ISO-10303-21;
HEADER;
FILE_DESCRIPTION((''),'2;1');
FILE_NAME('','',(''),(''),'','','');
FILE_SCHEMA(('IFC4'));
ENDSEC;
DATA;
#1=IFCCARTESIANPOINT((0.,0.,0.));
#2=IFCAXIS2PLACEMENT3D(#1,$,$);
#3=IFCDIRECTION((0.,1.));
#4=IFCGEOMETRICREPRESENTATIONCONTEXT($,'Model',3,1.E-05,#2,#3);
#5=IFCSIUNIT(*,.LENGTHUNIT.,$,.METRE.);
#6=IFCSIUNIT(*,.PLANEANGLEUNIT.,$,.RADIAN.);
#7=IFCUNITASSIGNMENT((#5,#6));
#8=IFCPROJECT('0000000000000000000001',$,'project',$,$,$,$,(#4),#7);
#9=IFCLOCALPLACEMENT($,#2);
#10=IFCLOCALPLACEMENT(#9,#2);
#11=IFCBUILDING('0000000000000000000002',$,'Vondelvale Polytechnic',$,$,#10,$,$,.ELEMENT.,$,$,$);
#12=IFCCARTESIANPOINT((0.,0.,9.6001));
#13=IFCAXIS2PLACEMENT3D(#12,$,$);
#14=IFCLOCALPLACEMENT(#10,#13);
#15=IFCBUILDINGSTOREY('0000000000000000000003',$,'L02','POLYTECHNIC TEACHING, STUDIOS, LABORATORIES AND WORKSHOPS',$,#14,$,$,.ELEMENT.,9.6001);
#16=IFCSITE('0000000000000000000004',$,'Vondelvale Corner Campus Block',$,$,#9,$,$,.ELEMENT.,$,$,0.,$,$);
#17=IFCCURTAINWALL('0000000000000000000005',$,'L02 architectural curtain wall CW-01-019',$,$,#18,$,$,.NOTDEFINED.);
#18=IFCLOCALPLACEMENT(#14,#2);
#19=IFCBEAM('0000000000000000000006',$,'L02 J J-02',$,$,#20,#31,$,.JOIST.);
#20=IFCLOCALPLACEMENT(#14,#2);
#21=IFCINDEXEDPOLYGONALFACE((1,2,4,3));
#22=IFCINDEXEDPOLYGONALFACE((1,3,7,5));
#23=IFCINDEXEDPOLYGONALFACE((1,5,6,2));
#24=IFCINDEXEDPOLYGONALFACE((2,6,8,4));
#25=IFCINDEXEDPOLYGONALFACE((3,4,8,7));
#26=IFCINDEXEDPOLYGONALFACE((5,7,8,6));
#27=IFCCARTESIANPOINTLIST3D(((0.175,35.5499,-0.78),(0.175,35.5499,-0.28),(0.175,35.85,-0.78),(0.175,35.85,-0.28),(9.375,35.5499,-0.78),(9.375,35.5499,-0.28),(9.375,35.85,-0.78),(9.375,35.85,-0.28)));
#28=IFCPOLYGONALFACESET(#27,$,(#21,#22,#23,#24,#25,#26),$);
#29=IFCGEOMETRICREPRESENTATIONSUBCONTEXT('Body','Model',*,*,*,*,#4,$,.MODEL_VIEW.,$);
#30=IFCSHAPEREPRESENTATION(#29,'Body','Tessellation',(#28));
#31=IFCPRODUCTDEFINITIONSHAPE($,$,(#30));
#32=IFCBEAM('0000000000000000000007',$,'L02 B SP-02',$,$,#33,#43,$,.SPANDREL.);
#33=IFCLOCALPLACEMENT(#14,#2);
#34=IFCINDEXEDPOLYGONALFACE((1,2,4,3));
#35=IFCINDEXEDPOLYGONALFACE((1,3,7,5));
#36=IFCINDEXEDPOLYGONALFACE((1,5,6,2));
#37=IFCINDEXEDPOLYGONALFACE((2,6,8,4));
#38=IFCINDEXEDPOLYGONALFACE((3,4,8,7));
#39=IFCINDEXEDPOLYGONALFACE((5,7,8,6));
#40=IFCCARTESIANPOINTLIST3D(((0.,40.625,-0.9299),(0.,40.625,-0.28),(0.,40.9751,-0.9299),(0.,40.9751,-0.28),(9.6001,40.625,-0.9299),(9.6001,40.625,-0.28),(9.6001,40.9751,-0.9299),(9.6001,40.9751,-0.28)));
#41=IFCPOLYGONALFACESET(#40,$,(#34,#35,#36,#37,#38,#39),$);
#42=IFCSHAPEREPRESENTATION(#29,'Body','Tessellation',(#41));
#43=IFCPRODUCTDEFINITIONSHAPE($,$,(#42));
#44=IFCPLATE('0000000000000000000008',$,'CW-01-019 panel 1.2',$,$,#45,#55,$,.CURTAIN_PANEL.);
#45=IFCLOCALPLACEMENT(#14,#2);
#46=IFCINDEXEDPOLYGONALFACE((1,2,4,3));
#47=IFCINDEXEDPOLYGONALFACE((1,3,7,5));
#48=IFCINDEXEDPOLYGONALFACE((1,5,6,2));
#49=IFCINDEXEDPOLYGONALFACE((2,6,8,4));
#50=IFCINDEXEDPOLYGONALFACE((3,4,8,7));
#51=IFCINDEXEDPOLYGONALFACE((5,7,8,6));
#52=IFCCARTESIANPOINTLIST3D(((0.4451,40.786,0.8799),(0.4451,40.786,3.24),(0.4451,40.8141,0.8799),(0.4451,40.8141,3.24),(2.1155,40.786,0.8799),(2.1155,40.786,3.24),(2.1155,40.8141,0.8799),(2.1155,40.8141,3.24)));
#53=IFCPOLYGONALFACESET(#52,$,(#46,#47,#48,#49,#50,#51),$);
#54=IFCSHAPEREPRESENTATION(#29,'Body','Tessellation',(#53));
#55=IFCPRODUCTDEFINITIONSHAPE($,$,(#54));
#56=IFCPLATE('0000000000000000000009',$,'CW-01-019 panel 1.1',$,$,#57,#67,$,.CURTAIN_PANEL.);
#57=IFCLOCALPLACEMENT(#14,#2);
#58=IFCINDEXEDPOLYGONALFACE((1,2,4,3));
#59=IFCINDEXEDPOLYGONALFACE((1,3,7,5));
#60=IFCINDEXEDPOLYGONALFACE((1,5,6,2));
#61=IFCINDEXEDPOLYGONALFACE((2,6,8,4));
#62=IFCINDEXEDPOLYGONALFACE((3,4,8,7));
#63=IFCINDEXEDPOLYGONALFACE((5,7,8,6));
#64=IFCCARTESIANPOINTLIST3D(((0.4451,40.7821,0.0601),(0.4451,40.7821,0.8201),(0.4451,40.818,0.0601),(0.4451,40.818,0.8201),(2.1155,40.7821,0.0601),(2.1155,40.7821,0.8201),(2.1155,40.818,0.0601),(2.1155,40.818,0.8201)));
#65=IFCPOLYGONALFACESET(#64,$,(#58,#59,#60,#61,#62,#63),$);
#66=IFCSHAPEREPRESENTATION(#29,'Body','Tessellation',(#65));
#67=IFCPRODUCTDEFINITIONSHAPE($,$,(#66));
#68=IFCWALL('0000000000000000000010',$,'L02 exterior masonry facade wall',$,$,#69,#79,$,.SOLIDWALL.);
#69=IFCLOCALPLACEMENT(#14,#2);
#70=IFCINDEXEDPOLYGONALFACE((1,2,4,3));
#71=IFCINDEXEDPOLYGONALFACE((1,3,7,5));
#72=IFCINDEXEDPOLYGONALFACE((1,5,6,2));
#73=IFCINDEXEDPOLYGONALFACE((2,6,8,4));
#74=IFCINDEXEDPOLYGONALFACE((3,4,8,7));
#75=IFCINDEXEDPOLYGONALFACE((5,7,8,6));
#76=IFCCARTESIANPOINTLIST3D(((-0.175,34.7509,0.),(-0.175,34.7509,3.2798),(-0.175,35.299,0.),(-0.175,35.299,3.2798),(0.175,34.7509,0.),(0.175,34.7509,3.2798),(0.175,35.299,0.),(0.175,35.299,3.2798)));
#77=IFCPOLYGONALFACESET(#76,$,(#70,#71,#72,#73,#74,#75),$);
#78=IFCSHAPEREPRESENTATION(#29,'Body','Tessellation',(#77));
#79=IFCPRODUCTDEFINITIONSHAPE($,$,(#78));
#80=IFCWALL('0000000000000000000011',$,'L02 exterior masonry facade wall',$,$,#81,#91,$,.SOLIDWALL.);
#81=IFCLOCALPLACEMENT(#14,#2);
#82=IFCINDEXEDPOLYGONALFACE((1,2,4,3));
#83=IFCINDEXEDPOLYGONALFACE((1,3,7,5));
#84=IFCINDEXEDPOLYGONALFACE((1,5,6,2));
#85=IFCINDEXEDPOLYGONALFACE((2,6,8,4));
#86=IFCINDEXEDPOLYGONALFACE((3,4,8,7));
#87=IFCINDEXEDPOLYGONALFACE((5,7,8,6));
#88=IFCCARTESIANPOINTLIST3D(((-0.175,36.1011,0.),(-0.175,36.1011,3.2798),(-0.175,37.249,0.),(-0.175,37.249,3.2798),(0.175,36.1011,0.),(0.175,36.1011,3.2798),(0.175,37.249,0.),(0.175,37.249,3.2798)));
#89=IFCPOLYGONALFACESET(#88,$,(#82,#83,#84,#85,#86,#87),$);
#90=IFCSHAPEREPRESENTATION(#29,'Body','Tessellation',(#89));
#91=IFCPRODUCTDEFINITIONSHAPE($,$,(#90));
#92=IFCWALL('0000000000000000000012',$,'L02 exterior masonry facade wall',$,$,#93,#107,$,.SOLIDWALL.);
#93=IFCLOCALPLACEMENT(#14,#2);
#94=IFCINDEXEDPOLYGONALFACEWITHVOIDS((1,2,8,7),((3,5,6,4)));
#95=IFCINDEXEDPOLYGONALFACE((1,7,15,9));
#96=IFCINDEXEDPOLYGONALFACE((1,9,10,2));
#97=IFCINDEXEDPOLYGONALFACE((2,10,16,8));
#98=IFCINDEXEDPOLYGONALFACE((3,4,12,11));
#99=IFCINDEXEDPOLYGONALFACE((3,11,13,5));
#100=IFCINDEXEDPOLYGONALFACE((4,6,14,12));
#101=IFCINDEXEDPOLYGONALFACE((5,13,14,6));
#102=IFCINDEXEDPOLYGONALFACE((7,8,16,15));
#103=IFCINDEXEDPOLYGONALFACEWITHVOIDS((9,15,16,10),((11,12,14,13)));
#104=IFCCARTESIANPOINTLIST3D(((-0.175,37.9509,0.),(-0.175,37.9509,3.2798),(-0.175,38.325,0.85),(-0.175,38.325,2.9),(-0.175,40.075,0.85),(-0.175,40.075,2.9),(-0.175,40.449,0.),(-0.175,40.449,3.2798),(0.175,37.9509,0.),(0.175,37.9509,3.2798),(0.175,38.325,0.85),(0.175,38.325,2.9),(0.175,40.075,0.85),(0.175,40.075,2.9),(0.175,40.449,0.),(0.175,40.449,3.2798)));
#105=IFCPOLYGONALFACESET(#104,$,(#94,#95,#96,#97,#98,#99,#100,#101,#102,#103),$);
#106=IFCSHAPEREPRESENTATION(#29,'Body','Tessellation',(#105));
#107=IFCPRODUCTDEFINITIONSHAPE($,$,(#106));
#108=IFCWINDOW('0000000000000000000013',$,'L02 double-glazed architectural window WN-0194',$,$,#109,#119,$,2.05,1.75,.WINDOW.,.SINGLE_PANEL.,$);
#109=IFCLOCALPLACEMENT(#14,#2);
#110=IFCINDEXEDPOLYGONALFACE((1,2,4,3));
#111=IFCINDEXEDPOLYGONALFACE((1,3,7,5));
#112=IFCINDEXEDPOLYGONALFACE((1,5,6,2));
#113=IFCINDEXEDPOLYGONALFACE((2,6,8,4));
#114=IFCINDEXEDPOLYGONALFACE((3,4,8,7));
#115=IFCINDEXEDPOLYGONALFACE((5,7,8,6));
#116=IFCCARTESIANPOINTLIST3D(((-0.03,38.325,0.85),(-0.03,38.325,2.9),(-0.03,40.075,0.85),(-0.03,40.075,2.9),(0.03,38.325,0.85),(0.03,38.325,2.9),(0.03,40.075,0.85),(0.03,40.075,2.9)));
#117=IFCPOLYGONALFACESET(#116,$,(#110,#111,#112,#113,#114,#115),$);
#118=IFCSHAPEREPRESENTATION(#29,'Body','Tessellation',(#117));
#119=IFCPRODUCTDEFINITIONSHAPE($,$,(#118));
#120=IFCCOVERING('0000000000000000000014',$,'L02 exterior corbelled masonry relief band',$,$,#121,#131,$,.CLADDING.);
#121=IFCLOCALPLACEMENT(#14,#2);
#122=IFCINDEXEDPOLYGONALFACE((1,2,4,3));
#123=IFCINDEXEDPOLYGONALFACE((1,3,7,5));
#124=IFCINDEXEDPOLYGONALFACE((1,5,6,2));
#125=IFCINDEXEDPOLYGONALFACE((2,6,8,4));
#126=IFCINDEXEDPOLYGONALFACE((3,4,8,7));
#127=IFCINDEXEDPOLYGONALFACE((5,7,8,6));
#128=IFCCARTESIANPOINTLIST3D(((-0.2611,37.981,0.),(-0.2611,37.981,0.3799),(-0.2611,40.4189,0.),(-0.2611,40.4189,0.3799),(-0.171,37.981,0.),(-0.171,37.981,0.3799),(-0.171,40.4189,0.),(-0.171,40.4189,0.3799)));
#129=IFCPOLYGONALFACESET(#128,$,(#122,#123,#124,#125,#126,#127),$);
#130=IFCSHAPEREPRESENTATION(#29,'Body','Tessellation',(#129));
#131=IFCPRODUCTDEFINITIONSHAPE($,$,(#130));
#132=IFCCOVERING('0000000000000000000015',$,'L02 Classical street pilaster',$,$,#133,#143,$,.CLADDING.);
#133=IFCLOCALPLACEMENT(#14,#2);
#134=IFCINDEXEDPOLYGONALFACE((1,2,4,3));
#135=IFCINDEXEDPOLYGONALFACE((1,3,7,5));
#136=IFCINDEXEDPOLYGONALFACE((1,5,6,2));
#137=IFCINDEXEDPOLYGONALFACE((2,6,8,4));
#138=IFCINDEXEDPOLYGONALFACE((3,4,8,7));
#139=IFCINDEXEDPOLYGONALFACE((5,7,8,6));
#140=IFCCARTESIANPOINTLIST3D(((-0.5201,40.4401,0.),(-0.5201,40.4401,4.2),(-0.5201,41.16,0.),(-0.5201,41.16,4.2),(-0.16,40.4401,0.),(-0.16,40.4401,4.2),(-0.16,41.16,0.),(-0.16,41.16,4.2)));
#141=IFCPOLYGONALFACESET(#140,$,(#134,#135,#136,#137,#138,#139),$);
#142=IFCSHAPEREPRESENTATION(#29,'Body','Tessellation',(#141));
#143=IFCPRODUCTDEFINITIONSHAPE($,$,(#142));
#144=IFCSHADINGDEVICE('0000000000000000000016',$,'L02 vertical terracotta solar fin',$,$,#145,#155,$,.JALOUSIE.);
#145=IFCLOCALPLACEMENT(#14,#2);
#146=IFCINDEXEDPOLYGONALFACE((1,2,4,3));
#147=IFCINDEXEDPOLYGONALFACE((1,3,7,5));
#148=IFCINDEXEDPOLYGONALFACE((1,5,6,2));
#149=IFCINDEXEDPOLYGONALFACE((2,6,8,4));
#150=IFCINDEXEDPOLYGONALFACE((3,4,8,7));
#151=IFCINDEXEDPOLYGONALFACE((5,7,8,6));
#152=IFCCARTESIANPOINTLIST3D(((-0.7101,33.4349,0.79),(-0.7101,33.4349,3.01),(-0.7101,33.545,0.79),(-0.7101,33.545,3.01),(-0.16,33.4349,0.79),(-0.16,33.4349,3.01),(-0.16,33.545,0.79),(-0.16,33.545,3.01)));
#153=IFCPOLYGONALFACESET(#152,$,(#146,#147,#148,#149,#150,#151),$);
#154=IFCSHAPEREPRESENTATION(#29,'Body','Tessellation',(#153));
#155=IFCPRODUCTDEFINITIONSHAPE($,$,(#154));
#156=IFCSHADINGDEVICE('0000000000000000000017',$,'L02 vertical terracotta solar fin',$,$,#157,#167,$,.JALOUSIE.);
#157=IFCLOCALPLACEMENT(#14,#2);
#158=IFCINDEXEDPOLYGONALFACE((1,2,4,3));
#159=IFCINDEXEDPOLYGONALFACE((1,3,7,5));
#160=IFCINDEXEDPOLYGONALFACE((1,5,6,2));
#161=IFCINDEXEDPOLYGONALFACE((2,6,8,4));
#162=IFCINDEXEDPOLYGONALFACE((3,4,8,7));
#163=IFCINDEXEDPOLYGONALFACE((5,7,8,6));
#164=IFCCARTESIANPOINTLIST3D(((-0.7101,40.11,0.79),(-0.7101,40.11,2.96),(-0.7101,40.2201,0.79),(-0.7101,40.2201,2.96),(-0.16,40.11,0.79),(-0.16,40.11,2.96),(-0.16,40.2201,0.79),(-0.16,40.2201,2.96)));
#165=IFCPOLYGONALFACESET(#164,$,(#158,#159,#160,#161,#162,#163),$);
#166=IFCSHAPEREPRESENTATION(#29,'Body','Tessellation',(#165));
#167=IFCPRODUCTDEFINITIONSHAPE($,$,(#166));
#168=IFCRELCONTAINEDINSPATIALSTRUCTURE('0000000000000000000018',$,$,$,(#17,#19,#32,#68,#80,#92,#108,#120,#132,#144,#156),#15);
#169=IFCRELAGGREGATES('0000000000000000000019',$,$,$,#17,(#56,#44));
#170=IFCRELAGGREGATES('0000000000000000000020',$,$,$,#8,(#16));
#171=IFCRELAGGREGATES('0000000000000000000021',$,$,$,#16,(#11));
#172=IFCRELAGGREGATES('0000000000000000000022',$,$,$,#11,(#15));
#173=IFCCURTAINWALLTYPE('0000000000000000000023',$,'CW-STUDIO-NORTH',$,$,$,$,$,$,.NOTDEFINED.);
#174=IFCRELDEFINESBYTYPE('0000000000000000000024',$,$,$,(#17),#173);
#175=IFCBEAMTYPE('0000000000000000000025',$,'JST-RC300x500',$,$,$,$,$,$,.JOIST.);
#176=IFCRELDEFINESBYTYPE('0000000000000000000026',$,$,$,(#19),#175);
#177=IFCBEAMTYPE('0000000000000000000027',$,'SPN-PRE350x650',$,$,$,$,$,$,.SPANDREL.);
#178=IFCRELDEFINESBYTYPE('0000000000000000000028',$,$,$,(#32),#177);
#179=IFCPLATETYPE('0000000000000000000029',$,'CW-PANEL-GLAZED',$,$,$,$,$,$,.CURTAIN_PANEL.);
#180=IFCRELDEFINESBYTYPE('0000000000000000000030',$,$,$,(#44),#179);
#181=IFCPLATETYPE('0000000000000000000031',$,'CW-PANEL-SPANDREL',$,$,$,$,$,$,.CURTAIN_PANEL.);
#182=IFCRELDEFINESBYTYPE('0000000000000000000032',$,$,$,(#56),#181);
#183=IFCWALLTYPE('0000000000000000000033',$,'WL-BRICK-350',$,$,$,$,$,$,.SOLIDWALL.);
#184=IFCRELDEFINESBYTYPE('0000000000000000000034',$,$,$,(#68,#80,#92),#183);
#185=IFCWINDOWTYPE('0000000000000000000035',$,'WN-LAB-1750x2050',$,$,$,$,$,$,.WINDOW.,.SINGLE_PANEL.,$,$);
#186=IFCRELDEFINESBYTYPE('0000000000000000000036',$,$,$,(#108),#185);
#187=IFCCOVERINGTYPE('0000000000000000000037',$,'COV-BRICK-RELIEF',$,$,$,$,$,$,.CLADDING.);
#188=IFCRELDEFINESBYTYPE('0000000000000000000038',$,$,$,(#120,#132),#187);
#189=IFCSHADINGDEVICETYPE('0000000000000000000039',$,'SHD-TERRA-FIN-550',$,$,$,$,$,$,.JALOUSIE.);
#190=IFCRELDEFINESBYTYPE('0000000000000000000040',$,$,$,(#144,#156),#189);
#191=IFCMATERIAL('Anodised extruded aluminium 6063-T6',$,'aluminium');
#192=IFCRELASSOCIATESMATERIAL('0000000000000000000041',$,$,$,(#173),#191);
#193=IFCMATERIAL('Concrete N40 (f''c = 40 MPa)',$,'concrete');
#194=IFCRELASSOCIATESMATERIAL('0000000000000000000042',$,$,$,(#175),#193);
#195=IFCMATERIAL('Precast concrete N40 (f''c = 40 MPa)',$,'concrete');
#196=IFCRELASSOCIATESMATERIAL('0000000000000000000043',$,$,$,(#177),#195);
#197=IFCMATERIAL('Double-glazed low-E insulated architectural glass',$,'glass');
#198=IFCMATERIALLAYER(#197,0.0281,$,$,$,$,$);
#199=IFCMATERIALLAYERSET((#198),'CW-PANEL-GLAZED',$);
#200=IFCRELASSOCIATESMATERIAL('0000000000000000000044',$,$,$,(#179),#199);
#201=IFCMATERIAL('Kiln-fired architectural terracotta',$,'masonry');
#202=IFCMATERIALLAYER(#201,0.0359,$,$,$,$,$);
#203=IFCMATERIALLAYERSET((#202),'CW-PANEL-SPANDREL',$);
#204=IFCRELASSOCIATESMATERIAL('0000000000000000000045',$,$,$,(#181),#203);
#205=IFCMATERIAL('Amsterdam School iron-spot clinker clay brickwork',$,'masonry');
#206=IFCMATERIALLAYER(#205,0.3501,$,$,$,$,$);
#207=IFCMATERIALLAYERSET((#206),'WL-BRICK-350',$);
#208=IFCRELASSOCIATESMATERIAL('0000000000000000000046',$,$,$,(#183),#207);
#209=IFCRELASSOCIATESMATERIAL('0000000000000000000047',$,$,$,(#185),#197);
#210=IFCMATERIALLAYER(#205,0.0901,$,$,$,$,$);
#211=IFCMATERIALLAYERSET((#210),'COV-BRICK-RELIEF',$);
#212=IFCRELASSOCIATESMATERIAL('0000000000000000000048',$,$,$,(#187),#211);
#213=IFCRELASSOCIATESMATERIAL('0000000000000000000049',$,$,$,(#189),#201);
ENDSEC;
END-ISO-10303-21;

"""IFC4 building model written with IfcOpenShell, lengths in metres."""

from ifc_helpers import new_model, si_unit, direction, frame, frame_2d, origin, origin_2d, place, context, subcontext, project, spatial, rectangle, extrude, material, layer, layer_set, material_profile, profile_set, type_object, element, fill, aggregate, save


model = new_model("IFC4")

# Units and contexts
model_context = context("Model", 3, precision=1e-05, world=origin(), true_north=direction((0.0, 1.0)))
body_context = subcontext(model_context, "Body", "Model", "MODEL_VIEW")
ifc_project = project(units=[si_unit("LENGTHUNIT", "METRE"), si_unit("PLANEANGLEUNIT", "RADIAN")], contexts=[model_context])

# Site, building, storey
site_placement = place(None, origin())
site = spatial("IfcSite", under=ifc_project, at=site_placement, Name="Vondelvale Corner Campus Block", CompositionType="ELEMENT", RefElevation=0.0)
building_placement = place(site_placement, origin())
building = spatial("IfcBuilding", under=site, at=building_placement, Name="Vondelvale Polytechnic", CompositionType="ELEMENT")
storey_placement = place(building_placement, frame((0.0, 0.0, 9.6001)))
storey = spatial("IfcBuildingStorey", under=building, at=storey_placement, Name="L02", Description="POLYTECHNIC TEACHING, STUDIOS, LABORATORIES AND WORKSHOPS", CompositionType="ELEMENT", Elevation=9.6001)

# Curtain wall
ifc_material_1 = material(Name="Anodised extruded aluminium 6063-T6", Category="aluminium")
curtain_wall_type = type_object("IfcCurtainWallType", Name="CW-STUDIO-NORTH", PredefinedType="NOTDEFINED", material=ifc_material_1)
curtain_wall_placement = place(storey_placement, origin())
curtain_wall = element("IfcCurtainWall", 1, at=curtain_wall_placement, inside=storey, type_object=curtain_wall_type, Name="L02 architectural curtain wall CW-01-019", PredefinedType="NOTDEFINED")

# Beams
ifc_material_2 = material(Name="Concrete N40 (f'c = 40 MPa)", Category="concrete")
ifc_material_profile_1 = material_profile(ifc_material_2, rectangle(XDim=0.3, YDim=0.5, at=origin_2d()), Name="RC-JST-300x500")
ifc_profile_set_1 = profile_set([ifc_material_profile_1], Name="Concrete N40 (f'c = 40 MPa)")
beam_type_1 = type_object("IfcBeamType", Name="JST-RC300x500", PredefinedType="JOIST", material=ifc_profile_set_1)
beam_1_placement = place(storey_placement, frame((0.175, 35.7, -0.53), z_axis=(1.0, 0.0, 0.0), x_axis=(0.0, 1.0, 0.0)))
element("IfcBeam", 2, at=beam_1_placement, inside=storey, type_object=beam_type_1, Name="L02 J J-02", PredefinedType="JOIST", context=body_context, shape_type="SweptSolid", body=[
    extrude(rectangle(XDim=0.3, YDim=0.5, at=origin_2d()), origin(), (0.0, 0.0, 1.0), 9.2),
])
ifc_material_3 = material(Name="Precast concrete N40 (f'c = 40 MPa)", Category="concrete")
ifc_material_profile_2 = material_profile(ifc_material_3, rectangle(XDim=0.3501, YDim=0.6499, at=origin_2d()), Name="RC-SPN-350x650")
ifc_profile_set_2 = profile_set([ifc_material_profile_2], Name="Precast concrete N40 (f'c = 40 MPa)")
beam_type_2 = type_object("IfcBeamType", Name="SPN-PRE350x650", PredefinedType="SPANDREL", material=ifc_profile_set_2)
beam_2_placement = place(storey_placement, frame((0.0, 40.8, -0.605), z_axis=(1.0, 0.0, 0.0), x_axis=(0.0, 1.0, 0.0)))
element("IfcBeam", 3, at=beam_2_placement, inside=storey, type_object=beam_type_2, Name="L02 B SP-02", PredefinedType="SPANDREL", context=body_context, shape_type="SweptSolid", body=[
    extrude(rectangle(XDim=0.3501, YDim=0.6499, at=origin_2d()), origin(), (0.0, 0.0, 1.0), 9.6001),
])

# Plates
ifc_material_4 = material(Name="Double-glazed low-E insulated architectural glass", Category="glass")
ifc_layer_1 = layer(ifc_material_4, 0.0281)
ifc_layer_set_1 = layer_set([ifc_layer_1], Name="CW-PANEL-GLAZED")
plate_type_1 = type_object("IfcPlateType", Name="CW-PANEL-GLAZED", PredefinedType="CURTAIN_PANEL", material=ifc_layer_set_1)
plate_1_placement = place(storey_placement, frame((1.2803, 40.8, 0.8799), z_axis=(0.0, 0.0, 1.0), x_axis=(1.0, 0.0, 0.0)))
plate_1 = element("IfcPlate", 4, at=plate_1_placement, type_object=plate_type_1, Name="CW-01-019 panel 1.2", PredefinedType="CURTAIN_PANEL", context=body_context, shape_type="SweptSolid", body=[
    extrude(rectangle(XDim=1.6704, YDim=0.0281, at=origin_2d()), origin(), (0.0, 0.0, 1.0), 2.3601),
])
ifc_material_5 = material(Name="Kiln-fired architectural terracotta", Category="masonry")
ifc_layer_2 = layer(ifc_material_5, 0.0359)
ifc_layer_set_2 = layer_set([ifc_layer_2], Name="CW-PANEL-SPANDREL")
plate_type_2 = type_object("IfcPlateType", Name="CW-PANEL-SPANDREL", PredefinedType="CURTAIN_PANEL", material=ifc_layer_set_2)
plate_2_placement = place(storey_placement, frame((1.2803, 40.8, 0.0601), z_axis=(0.0, 0.0, 1.0), x_axis=(1.0, 0.0, 0.0)))
plate_2 = element("IfcPlate", 5, at=plate_2_placement, type_object=plate_type_2, Name="CW-01-019 panel 1.1", PredefinedType="CURTAIN_PANEL", context=body_context, shape_type="SweptSolid", body=[
    extrude(rectangle(XDim=1.6704, YDim=0.0359, at=origin_2d()), origin(), (0.0, 0.0, 1.0), 0.76),
])
aggregate(curtain_wall, [plate_2, plate_1])

# Walls
ifc_material_6 = material(Name="Amsterdam School iron-spot clinker clay brickwork", Category="masonry")
ifc_layer_3 = layer(ifc_material_6, 0.3501)
ifc_layer_set_3 = layer_set([ifc_layer_3], Name="WL-BRICK-350")
wall_type = type_object("IfcWallType", Name="WL-BRICK-350", PredefinedType="SOLIDWALL", material=ifc_layer_set_3)
wall_1_placement = place(storey_placement, frame((0.0, 34.751, 0.0), z_axis=(0.0, 0.0, 1.0), x_axis=(0.0, 1.0, 0.0)))
element("IfcWall", 6, at=wall_1_placement, inside=storey, type_object=wall_type, Name="L02 exterior masonry facade wall", PredefinedType="SOLIDWALL", context=body_context, shape_type="SweptSolid", body=[
    extrude(rectangle(XDim=0.5481, YDim=0.3501, at=frame_2d((0.2739, 0.0))), origin(), (0.0, 0.0, 1.0), 3.2798),
])
wall_2_placement = place(storey_placement, frame((0.0, 36.1011, 0.0), z_axis=(0.0, 0.0, 1.0), x_axis=(0.0, 1.0, 0.0)))
element("IfcWall", 7, at=wall_2_placement, inside=storey, type_object=wall_type, Name="L02 exterior masonry facade wall", PredefinedType="SOLIDWALL", context=body_context, shape_type="SweptSolid", body=[
    extrude(rectangle(XDim=1.1479, YDim=0.3501, at=frame_2d((0.574, 0.0))), origin(), (0.0, 0.0, 1.0), 3.2798),
])

# Wall, opening, window
wall_3_placement = place(storey_placement, frame((0.0, 37.9509, 0.0), z_axis=(0.0, 0.0, 1.0), x_axis=(0.0, 1.0, 0.0)))
wall_3 = element("IfcWall", 8, at=wall_3_placement, inside=storey, type_object=wall_type, Name="L02 exterior masonry facade wall", PredefinedType="SOLIDWALL", context=body_context, shape_type="SweptSolid", body=[
    extrude(rectangle(XDim=2.498, YDim=0.3501, at=frame_2d((1.249, 0.0))), origin(), (0.0, 0.0, 1.0), 3.2798),
])
opening_placement = place(wall_3_placement, frame((0.374, 0.0, 0.8501)))
opening = element("IfcOpeningElement", 9, at=opening_placement, cuts=wall_3, PredefinedType="OPENING", context=body_context, shape_type="SweptSolid", body=[
    extrude(rectangle(XDim=1.75, YDim=2.05, at=frame_2d((0.875, 1.0249))), frame((0.0, 0.1851, 0.0), z_axis=(0.0, -1.0, 0.0), x_axis=(1.0, 0.0, 0.0)), (0.0, 0.0, 1.0), 0.3701),
])
window_type = type_object("IfcWindowType", Name="WN-LAB-1750x2050", PartitioningType="SINGLE_PANEL", PredefinedType="WINDOW", material=ifc_material_4)
window_placement = place(opening_placement, origin())
window = element("IfcWindow", 10, at=window_placement, inside=storey, type_object=window_type, Name="L02 double-glazed architectural window WN-0194", OverallHeight=2.05, OverallWidth=1.75, PartitioningType="SINGLE_PANEL", PredefinedType="WINDOW", context=body_context, shape_type="SweptSolid", body=[
    extrude(rectangle(XDim=1.75, YDim=2.05, at=frame_2d((0.875, 1.0249))), frame((0.0, 0.03, 0.0), z_axis=(0.0, -1.0, 0.0), x_axis=(1.0, 0.0, 0.0)), (0.0, 0.0, 1.0), 0.0601),
])
fill(opening, window)

# Coverings
ifc_layer_4 = layer(ifc_material_6, 0.0901)
ifc_layer_set_4 = layer_set([ifc_layer_4], Name="COV-BRICK-RELIEF")
covering_type = type_object("IfcCoveringType", Name="COV-BRICK-RELIEF", PredefinedType="CLADDING", material=ifc_layer_set_4)
covering_1_placement = place(storey_placement, frame((-0.2161, 39.2, 0.0), z_axis=(0.0, 0.0, 1.0), x_axis=(0.0, 1.0, 0.0)))
element("IfcCovering", 11, at=covering_1_placement, inside=storey, type_object=covering_type, Name="L02 exterior corbelled masonry relief band", PredefinedType="CLADDING", context=body_context, shape_type="SweptSolid", body=[
    extrude(rectangle(XDim=2.438, YDim=0.0901, at=origin_2d()), origin(), (0.0, 0.0, 1.0), 0.3799),
])
covering_2_placement = place(storey_placement, frame((-0.3401, 40.8, 0.0), z_axis=(0.0, 0.0, 1.0), x_axis=(1.0, 0.0, 0.0)))
element("IfcCovering", 12, at=covering_2_placement, inside=storey, type_object=covering_type, Name="L02 Classical street pilaster", PredefinedType="CLADDING", context=body_context, shape_type="SweptSolid", body=[
    extrude(rectangle(XDim=0.3601, YDim=0.72, at=origin_2d()), origin(), (0.0, 0.0, 1.0), 4.2),
])

# Shading devices
shading_device_type = type_object("IfcShadingDeviceType", Name="SHD-TERRA-FIN-550", PredefinedType="JALOUSIE", material=ifc_material_5)
shading_device_1_placement = place(storey_placement, frame((-0.4351, 33.49, 0.79), z_axis=(0.0, 0.0, 1.0), x_axis=(0.0, 1.0, 0.0)))
element("IfcShadingDevice", 13, at=shading_device_1_placement, inside=storey, type_object=shading_device_type, Name="L02 vertical terracotta solar fin", PredefinedType="JALOUSIE", context=body_context, shape_type="SweptSolid", body=[
    extrude(rectangle(XDim=0.1101, YDim=0.55, at=origin_2d()), origin(), (0.0, 0.0, 1.0), 2.22),
])
shading_device_2_placement = place(storey_placement, frame((-0.4351, 40.165, 0.79), z_axis=(0.0, 0.0, 1.0), x_axis=(0.0, 1.0, 0.0)))
element("IfcShadingDevice", 14, at=shading_device_2_placement, inside=storey, type_object=shading_device_type, Name="L02 vertical terracotta solar fin", PredefinedType="JALOUSIE", context=body_context, shape_type="SweptSolid", body=[
    extrude(rectangle(XDim=0.1101, YDim=0.55, at=origin_2d()), origin(), (0.0, 0.0, 1.0), 2.1699),
])

save(model, "model.ifc")
